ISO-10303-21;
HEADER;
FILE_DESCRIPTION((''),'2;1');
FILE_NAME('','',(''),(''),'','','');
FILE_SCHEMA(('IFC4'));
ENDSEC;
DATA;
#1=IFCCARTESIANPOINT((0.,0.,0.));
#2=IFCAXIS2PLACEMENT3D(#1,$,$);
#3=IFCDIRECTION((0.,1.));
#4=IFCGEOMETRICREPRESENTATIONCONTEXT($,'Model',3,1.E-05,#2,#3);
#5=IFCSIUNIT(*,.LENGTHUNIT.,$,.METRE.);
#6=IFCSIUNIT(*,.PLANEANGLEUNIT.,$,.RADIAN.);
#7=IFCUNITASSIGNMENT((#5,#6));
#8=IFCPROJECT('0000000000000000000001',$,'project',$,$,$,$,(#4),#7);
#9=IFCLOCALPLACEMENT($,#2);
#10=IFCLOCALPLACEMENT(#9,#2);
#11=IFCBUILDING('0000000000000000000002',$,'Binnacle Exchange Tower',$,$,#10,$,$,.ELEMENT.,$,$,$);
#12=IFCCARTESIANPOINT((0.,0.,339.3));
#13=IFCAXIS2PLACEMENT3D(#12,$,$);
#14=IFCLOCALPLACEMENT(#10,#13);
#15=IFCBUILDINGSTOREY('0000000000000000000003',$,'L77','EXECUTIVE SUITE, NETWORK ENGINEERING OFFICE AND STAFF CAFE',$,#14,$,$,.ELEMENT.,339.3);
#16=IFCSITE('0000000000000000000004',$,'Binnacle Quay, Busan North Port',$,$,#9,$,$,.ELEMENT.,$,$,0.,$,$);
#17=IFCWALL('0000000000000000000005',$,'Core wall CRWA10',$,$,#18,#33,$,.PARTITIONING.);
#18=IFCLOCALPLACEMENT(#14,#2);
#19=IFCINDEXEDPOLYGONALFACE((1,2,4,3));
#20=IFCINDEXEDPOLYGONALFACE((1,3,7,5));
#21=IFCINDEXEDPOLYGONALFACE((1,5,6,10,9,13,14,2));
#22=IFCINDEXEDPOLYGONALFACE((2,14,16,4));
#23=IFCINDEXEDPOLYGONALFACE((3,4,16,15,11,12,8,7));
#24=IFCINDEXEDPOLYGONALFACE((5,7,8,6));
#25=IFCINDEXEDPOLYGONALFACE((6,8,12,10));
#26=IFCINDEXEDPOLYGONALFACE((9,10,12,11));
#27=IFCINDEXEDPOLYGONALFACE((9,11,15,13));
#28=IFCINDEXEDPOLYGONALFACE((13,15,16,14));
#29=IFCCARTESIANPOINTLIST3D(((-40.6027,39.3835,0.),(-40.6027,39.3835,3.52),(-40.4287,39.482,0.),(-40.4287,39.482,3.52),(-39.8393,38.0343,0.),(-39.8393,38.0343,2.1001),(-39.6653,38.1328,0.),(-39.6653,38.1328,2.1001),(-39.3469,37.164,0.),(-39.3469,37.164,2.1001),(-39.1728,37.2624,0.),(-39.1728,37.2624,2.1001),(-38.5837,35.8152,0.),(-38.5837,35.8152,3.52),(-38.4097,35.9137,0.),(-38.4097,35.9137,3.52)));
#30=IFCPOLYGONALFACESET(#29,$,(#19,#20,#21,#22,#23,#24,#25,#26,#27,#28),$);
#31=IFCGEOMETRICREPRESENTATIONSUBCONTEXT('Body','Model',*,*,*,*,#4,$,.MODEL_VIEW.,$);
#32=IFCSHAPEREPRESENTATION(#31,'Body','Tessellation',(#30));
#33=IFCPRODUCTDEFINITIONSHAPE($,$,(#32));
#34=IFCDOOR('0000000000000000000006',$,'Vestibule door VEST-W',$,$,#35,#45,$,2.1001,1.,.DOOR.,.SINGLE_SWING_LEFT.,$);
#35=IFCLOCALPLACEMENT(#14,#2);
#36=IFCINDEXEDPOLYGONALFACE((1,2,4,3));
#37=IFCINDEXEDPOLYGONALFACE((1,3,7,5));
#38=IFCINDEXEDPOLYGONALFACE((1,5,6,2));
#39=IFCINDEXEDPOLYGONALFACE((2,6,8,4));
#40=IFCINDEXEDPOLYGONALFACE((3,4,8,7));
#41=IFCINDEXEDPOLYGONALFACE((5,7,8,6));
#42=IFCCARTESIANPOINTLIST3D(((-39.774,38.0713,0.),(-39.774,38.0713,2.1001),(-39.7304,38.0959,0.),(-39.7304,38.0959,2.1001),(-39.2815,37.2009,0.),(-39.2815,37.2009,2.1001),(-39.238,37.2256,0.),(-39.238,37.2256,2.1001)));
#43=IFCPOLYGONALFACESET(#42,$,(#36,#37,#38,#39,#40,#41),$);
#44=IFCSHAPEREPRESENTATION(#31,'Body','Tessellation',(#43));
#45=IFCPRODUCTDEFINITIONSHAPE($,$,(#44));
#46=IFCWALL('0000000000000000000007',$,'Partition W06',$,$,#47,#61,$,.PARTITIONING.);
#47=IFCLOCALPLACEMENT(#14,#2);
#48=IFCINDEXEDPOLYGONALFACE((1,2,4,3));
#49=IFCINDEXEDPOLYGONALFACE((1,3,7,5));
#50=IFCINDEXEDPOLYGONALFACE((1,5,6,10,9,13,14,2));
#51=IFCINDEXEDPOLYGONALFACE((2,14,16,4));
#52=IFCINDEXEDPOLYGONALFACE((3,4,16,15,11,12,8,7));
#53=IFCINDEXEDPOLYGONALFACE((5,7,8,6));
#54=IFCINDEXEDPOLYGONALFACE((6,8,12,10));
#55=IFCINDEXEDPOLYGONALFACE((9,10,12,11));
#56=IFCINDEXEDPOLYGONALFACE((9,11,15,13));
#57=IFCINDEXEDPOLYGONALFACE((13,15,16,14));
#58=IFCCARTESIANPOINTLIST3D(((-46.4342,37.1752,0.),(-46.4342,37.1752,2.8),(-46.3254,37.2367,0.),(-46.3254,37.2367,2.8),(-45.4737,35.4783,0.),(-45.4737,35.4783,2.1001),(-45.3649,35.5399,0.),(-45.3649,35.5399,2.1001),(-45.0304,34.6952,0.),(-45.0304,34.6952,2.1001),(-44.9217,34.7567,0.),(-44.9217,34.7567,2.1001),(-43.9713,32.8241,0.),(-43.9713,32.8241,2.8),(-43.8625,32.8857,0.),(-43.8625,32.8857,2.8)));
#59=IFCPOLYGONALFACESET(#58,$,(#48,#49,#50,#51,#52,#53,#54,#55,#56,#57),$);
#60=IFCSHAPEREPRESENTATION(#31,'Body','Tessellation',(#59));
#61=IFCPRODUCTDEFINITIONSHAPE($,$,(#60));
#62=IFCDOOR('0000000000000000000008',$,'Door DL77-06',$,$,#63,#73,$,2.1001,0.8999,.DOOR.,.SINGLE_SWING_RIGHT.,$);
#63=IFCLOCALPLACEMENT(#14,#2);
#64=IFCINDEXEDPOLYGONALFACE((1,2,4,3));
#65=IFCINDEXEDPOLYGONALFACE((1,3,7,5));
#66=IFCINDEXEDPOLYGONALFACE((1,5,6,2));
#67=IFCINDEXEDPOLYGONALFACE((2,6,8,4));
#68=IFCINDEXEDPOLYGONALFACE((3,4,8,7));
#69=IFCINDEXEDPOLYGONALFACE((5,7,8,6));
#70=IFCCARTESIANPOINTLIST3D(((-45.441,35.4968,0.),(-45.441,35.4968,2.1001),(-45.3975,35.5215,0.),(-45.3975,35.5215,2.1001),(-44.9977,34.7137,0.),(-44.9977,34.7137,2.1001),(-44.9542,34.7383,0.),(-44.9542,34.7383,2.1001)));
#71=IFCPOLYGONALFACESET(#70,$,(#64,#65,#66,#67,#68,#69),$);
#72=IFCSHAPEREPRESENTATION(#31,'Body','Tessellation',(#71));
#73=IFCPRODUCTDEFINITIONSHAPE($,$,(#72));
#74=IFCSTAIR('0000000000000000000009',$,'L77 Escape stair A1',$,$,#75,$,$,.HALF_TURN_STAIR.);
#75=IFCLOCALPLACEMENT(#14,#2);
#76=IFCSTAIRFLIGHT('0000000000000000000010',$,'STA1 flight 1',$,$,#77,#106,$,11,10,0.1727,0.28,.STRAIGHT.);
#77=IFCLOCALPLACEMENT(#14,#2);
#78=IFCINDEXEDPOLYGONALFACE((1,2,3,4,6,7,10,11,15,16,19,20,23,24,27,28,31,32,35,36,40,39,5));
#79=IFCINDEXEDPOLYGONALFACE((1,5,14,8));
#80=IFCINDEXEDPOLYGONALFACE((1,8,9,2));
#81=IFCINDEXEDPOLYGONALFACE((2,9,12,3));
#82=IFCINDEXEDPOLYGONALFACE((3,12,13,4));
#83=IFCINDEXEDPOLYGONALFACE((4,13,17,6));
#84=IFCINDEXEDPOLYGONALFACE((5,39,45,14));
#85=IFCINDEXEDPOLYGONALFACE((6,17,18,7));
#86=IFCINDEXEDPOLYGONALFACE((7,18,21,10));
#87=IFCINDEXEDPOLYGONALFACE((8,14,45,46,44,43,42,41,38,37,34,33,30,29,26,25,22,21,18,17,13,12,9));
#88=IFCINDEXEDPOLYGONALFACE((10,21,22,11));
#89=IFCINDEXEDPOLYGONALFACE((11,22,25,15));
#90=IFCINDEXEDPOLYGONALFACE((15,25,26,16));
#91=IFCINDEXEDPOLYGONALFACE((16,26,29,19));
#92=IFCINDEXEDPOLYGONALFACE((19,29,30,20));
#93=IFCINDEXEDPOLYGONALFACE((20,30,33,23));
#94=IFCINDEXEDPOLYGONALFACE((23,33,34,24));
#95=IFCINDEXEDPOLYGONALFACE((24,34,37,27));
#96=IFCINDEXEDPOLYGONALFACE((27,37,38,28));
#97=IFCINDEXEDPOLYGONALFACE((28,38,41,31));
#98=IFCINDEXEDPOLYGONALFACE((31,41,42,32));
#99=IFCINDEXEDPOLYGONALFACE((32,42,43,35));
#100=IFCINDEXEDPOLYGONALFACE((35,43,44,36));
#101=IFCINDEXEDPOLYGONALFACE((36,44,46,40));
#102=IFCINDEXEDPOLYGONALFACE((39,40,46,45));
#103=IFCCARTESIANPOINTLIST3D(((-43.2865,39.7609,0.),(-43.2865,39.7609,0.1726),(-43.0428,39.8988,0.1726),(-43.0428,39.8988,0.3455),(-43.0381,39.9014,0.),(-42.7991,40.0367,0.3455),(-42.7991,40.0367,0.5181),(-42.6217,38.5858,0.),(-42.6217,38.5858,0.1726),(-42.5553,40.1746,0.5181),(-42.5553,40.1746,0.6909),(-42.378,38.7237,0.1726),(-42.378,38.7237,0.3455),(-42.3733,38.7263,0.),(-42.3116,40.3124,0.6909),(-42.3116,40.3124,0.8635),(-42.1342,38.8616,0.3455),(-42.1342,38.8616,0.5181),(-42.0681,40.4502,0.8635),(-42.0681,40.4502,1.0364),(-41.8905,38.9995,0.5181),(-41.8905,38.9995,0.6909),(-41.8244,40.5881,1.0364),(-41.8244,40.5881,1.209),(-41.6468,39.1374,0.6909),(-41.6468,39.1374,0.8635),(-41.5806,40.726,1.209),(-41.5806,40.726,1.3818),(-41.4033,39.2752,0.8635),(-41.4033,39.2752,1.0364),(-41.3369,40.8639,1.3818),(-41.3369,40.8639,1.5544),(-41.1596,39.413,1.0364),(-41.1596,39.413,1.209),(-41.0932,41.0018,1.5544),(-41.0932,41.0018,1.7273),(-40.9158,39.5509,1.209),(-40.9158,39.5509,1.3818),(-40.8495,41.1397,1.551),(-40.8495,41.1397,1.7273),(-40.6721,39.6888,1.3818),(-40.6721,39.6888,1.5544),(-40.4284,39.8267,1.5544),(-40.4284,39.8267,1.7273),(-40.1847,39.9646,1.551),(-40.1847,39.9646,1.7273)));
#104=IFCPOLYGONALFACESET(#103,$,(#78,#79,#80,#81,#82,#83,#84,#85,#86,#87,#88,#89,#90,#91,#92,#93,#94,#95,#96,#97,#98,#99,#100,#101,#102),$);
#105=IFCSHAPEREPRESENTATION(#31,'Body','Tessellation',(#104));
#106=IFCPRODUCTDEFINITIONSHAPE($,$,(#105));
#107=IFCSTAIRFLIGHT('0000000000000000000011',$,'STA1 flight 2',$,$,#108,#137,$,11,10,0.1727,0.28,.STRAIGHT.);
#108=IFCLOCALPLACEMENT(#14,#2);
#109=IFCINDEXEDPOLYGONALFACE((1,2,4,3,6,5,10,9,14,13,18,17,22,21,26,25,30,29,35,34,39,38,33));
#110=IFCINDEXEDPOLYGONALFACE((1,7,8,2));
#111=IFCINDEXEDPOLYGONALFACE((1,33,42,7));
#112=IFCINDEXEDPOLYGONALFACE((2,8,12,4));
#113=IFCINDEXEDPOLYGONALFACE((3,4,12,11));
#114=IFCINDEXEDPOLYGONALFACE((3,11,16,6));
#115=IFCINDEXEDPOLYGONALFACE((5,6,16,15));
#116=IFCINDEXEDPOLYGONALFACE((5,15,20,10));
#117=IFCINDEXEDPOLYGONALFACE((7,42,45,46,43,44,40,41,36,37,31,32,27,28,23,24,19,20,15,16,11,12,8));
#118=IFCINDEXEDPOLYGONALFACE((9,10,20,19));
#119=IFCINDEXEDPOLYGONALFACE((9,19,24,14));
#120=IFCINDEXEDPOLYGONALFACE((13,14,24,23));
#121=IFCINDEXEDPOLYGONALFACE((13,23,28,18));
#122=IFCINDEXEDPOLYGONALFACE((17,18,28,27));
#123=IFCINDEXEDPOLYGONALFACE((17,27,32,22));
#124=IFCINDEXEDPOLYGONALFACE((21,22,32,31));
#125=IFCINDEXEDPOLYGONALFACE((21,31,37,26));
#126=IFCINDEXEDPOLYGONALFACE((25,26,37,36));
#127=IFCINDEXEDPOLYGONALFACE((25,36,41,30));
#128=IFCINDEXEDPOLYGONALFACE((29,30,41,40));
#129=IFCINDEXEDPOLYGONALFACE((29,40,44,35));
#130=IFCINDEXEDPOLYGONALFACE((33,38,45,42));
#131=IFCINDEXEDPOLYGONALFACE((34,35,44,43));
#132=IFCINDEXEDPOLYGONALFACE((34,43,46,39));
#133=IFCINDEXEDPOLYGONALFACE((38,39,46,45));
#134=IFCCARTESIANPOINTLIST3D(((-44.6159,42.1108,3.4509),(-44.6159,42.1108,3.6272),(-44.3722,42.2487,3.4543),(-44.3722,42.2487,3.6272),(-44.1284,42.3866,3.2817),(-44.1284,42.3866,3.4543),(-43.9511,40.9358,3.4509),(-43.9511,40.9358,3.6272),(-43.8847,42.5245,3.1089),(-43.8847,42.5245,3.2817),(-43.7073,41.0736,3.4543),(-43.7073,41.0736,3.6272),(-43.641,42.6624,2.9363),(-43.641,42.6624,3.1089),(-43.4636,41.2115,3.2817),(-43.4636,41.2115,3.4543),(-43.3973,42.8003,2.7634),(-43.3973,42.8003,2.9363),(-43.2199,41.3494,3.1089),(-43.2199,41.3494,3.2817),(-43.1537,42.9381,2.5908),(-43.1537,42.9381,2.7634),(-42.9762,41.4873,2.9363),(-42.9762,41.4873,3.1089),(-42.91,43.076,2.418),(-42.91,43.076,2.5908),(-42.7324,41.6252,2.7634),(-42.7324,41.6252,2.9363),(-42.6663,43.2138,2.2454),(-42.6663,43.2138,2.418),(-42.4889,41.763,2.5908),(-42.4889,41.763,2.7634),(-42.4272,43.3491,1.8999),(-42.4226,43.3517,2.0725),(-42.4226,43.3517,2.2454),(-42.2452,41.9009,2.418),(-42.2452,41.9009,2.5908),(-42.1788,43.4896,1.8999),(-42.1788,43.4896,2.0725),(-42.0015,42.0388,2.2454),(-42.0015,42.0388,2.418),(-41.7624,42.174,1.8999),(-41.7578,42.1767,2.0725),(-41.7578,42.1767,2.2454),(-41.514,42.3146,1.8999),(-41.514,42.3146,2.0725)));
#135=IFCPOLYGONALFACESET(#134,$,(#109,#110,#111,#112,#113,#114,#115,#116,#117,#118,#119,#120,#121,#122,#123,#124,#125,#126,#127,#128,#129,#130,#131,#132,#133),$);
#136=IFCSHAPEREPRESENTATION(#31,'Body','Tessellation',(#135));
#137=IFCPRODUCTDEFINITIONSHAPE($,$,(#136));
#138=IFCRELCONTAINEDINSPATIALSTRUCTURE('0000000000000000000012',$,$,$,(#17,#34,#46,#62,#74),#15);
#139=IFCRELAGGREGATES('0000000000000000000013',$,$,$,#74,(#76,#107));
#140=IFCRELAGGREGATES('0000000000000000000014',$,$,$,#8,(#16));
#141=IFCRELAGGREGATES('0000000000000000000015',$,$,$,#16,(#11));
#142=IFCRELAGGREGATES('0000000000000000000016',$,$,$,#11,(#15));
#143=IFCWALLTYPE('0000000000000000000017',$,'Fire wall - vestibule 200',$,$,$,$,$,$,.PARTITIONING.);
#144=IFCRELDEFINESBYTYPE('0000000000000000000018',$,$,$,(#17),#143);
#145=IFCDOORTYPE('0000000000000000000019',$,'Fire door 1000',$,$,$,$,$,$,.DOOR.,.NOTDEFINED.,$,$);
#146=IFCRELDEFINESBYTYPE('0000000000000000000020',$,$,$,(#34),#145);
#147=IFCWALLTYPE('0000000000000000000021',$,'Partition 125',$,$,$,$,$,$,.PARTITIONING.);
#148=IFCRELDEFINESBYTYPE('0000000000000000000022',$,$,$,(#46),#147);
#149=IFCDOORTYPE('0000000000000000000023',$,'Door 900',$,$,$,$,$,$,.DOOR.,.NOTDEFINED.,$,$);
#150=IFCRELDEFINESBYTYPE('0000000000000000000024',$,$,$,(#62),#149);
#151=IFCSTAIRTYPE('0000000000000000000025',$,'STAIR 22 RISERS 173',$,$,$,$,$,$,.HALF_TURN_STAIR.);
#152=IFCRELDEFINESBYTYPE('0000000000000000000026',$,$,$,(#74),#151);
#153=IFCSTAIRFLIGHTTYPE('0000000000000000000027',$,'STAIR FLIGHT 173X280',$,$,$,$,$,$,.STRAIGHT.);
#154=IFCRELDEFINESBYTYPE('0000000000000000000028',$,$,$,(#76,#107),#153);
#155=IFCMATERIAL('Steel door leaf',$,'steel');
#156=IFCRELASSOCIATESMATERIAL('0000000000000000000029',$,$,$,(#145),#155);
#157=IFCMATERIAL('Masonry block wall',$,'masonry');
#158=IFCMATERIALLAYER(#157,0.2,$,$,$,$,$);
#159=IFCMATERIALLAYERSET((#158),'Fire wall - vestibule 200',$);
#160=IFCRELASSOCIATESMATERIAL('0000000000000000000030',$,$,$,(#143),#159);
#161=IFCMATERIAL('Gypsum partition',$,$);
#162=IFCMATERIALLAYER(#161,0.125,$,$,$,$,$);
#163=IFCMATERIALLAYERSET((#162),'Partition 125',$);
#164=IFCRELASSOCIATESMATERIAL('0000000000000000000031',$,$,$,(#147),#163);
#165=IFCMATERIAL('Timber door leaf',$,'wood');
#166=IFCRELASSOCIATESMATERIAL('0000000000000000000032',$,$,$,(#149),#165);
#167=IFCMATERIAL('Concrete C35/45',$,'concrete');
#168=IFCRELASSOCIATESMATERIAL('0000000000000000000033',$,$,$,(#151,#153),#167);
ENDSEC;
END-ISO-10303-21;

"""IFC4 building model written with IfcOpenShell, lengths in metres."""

from ifc_helpers import new_model, si_unit, direction, frame, frame_2d, origin, place, context, subcontext, project, spatial, polyline, rectangle, outline, extrude, material, layer, layer_set, type_object, element, fill, aggregate, save


model = new_model("IFC4")

# Units and contexts
model_context = context("Model", 3, precision=1e-05, world=origin(), true_north=direction((0.0, 1.0)))
body_context = subcontext(model_context, "Body", "Model", "MODEL_VIEW")
ifc_project = project(units=[si_unit("LENGTHUNIT", "METRE"), si_unit("PLANEANGLEUNIT", "RADIAN")], contexts=[model_context])

# Site, building, storey
site_placement = place(None, origin())
site = spatial("IfcSite", under=ifc_project, at=site_placement, Name="Binnacle Quay, Busan North Port", CompositionType="ELEMENT", RefElevation=0.0)
building_placement = place(site_placement, origin())
building = spatial("IfcBuilding", under=site, at=building_placement, Name="Binnacle Exchange Tower", CompositionType="ELEMENT")
storey_placement = place(building_placement, frame((0.0, 0.0, 339.3)))
storey = spatial("IfcBuildingStorey", under=building, at=storey_placement, Name="L77", Description="EXECUTIVE SUITE, NETWORK ENGINEERING OFFICE AND STAFF CAFE", CompositionType="ELEMENT", Elevation=339.3)

# Shared definitions
ifc_material_1 = material(Name="Steel door leaf", Category="steel")

# Walls, openings, doors
door_type_1 = type_object("IfcDoorType", Name="Fire door 1000", OperationType="NOTDEFINED", PredefinedType="DOOR", material=ifc_material_1)
ifc_material_2 = material(Name="Masonry block wall", Category="masonry")
ifc_layer_1 = layer(ifc_material_2, 0.2)
ifc_layer_set_1 = layer_set([ifc_layer_1], Name="Fire wall - vestibule 200")
wall_type_1 = type_object("IfcWallType", Name="Fire wall - vestibule 200", PredefinedType="PARTITIONING", material=ifc_layer_set_1)
wall_1_placement = place(storey_placement, frame((-40.5156, 39.4326, 0.0), z_axis=(0.0, 0.0, 1.0), x_axis=(0.492454, -0.870339, 0.0)))
wall_1 = element("IfcWall", 1, at=wall_1_placement, inside=storey, type_object=wall_type_1, Name="Core wall CRWA10", PredefinedType="PARTITIONING", context=body_context, shape_type="SweptSolid", body=[
    extrude(rectangle(XDim=4.0999, YDim=0.2, at=frame_2d((2.0498, 0.0))), origin(), (0.0, 0.0, 1.0), 3.52),
])
opening_1_placement = place(wall_1_placement, frame((1.55, 0.0, 0.0)))
opening_1 = element("IfcOpeningElement", 2, at=opening_1_placement, cuts=wall_1, PredefinedType="OPENING", context=body_context, shape_type="SweptSolid", body=[
    extrude(rectangle(XDim=1.0, YDim=2.1001, at=frame_2d((0.5, 1.05))), frame((0.0, 0.1099, 0.0), z_axis=(0.0, -1.0, 0.0), x_axis=(1.0, 0.0, 0.0)), (0.0, 0.0, 1.0), 0.22),
])
door_1_placement = place(opening_1_placement, frame((1.0, 0.0, 0.0), z_axis=(0.0, 0.0, 1.0), x_axis=(-1.0, 0.0, 0.0)))
door_1 = element("IfcDoor", 3, at=door_1_placement, inside=storey, type_object=door_type_1, Name="Vestibule door VEST-W", OperationType="SINGLE_SWING_LEFT", OverallHeight=2.1001, OverallWidth=1.0, PredefinedType="DOOR", context=body_context, shape_type="SweptSolid", body=[
    extrude(rectangle(XDim=1.0, YDim=2.1001, at=frame_2d((0.5, 1.05))), frame((0.0, 0.0249, 0.0), z_axis=(0.0, -1.0, 0.0), x_axis=(1.0, 0.0, 0.0)), (0.0, 0.0, 1.0), 0.05),
])
fill(opening_1, door_1)
ifc_material_3 = material(Name="Gypsum partition")
ifc_layer_2 = layer(ifc_material_3, 0.125)
ifc_layer_set_2 = layer_set([ifc_layer_2], Name="Partition 125")
wall_type_2 = type_object("IfcWallType", Name="Partition 125", PredefinedType="PARTITIONING", material=ifc_layer_set_2)
wall_2_placement = place(storey_placement, frame((-46.3799, 37.2061, 0.0), z_axis=(0.0, 0.0, 1.0), x_axis=(0.492601, -0.870255, 0.0)))
wall_2 = element("IfcWall", 4, at=wall_2_placement, inside=storey, type_object=wall_type_2, Name="Partition W06", PredefinedType="PARTITIONING", context=body_context, shape_type="SweptSolid", body=[
    extrude(rectangle(XDim=4.9998, YDim=0.125, at=frame_2d((2.5, 0.0))), origin(), (0.0, 0.0, 1.0), 2.8),
])
opening_2_placement = place(wall_2_placement, frame((1.95, 0.0, 0.0)))
opening_2 = element("IfcOpeningElement", 5, at=opening_2_placement, cuts=wall_2, PredefinedType="OPENING", context=body_context, shape_type="SweptSolid", body=[
    extrude(rectangle(XDim=0.8999, YDim=2.1001, at=frame_2d((0.45, 1.05))), frame((0.0, 0.0725, 0.0), z_axis=(0.0, -1.0, 0.0), x_axis=(1.0, 0.0, 0.0)), (0.0, 0.0, 1.0), 0.145),
])
ifc_material_4 = material(Name="Timber door leaf", Category="wood")
door_type_2 = type_object("IfcDoorType", Name="Door 900", OperationType="NOTDEFINED", PredefinedType="DOOR", material=ifc_material_4)
door_2_placement = place(opening_2_placement, frame((0.8999, 0.0, 0.0), z_axis=(0.0, 0.0, 1.0), x_axis=(-1.0, 0.0, 0.0)))
door_2 = element("IfcDoor", 6, at=door_2_placement, inside=storey, type_object=door_type_2, Name="Door DL77-06", OperationType="SINGLE_SWING_RIGHT", OverallHeight=2.1001, OverallWidth=0.8999, PredefinedType="DOOR", context=body_context, shape_type="SweptSolid", body=[
    extrude(rectangle(XDim=0.8999, YDim=2.1001, at=frame_2d((0.45, 1.05))), frame((0.0, 0.0249, 0.0), z_axis=(0.0, -1.0, 0.0), x_axis=(1.0, 0.0, 0.0)), (0.0, 0.0, 1.0), 0.05),
])
fill(opening_2, door_2)

# Stair, stair flights
ifc_material_5 = material(Name="Concrete C35/45", Category="concrete")
stair_type = type_object("IfcStairType", Name="STAIR 22 RISERS 173", PredefinedType="HALF_TURN_STAIR", material=ifc_material_5)
stair_placement = place(storey_placement, origin())
stair = element("IfcStair", 7, at=stair_placement, inside=storey, type_object=stair_type, Name="L77 Escape stair A1", PredefinedType="HALF_TURN_STAIR")
stair_flight_type = type_object("IfcStairFlightType", Name="STAIR FLIGHT 173X280", PredefinedType="STRAIGHT", material=ifc_material_5)
stair_flight_1_placement = place(storey_placement, frame((-42.9541, 39.1733, 0.0), z_axis=(0.0, 0.0, 1.0), x_axis=(0.870356, 0.492424, 0.0)))
stair_flight_1 = element("IfcStairFlight", 8, at=stair_flight_1_placement, type_object=stair_flight_type, Name="STA1 flight 1", NumberOfRisers=11, NumberOfTreads=10, PredefinedType="STRAIGHT", RiserHeight=0.1727, TreadLength=0.28, context=body_context, shape_type="SweptSolid", body=[
    extrude(outline(polyline([(0.0, 0.0), (0.0, 0.1726), (0.28, 0.1726), (0.28, 0.3455), (0.5601, 0.3455), (0.5601, 0.5181), (0.8401, 0.5181), (0.8401, 0.6909), (1.1201, 0.6909), (1.1201, 0.8635), (1.3999, 0.8635), (1.3999, 1.0364), (1.6799, 1.0364), (1.6799, 1.209), (1.96, 1.209), (1.96, 1.3818), (2.24, 1.3818), (2.24, 1.5544), (2.52, 1.5544), (2.52, 1.7273), (2.8, 1.7273), (2.8, 1.8999), (2.8, 1.551), (0.2854, 0.0), (0.0, 0.0)])), frame((0.0, 0.675, 0.0), z_axis=(0.0, -1.0, 0.0), x_axis=(1.0, 0.0, 0.0)), (0.0, 0.0, 1.0), 1.3501),
])
stair_flight_2_placement = place(storey_placement, frame((-41.8464, 42.9021, 1.8999), z_axis=(0.0, 0.0, 1.0), x_axis=(-0.870356, -0.492424, 0.0)))
stair_flight_2 = element("IfcStairFlight", 9, at=stair_flight_2_placement, type_object=stair_flight_type, Name="STA1 flight 2", NumberOfRisers=11, NumberOfTreads=10, PredefinedType="STRAIGHT", RiserHeight=0.1727, TreadLength=0.28, context=body_context, shape_type="SweptSolid", body=[
    extrude(outline(polyline([(0.0, 0.0), (0.0, 0.1726), (0.28, 0.1726), (0.28, 0.3455), (0.5601, 0.3455), (0.5601, 0.5181), (0.8401, 0.5181), (0.8401, 0.6909), (1.1201, 0.6909), (1.1201, 0.8635), (1.3999, 0.8635), (1.3999, 1.0364), (1.6799, 1.0364), (1.6799, 1.209), (1.96, 1.209), (1.96, 1.3818), (2.24, 1.3818), (2.24, 1.5544), (2.52, 1.5544), (2.52, 1.7273), (2.8, 1.7273), (2.8, 1.8999), (2.8, 1.551), (0.2854, 0.0), (0.0, 0.0)])), frame((0.0, 0.675, 0.0), z_axis=(0.0, -1.0, 0.0), x_axis=(1.0, 0.0, 0.0)), (0.0, 0.0, 1.0), 1.3501),
])
aggregate(stair, [stair_flight_1, stair_flight_2])

save(model, "model.ifc")
